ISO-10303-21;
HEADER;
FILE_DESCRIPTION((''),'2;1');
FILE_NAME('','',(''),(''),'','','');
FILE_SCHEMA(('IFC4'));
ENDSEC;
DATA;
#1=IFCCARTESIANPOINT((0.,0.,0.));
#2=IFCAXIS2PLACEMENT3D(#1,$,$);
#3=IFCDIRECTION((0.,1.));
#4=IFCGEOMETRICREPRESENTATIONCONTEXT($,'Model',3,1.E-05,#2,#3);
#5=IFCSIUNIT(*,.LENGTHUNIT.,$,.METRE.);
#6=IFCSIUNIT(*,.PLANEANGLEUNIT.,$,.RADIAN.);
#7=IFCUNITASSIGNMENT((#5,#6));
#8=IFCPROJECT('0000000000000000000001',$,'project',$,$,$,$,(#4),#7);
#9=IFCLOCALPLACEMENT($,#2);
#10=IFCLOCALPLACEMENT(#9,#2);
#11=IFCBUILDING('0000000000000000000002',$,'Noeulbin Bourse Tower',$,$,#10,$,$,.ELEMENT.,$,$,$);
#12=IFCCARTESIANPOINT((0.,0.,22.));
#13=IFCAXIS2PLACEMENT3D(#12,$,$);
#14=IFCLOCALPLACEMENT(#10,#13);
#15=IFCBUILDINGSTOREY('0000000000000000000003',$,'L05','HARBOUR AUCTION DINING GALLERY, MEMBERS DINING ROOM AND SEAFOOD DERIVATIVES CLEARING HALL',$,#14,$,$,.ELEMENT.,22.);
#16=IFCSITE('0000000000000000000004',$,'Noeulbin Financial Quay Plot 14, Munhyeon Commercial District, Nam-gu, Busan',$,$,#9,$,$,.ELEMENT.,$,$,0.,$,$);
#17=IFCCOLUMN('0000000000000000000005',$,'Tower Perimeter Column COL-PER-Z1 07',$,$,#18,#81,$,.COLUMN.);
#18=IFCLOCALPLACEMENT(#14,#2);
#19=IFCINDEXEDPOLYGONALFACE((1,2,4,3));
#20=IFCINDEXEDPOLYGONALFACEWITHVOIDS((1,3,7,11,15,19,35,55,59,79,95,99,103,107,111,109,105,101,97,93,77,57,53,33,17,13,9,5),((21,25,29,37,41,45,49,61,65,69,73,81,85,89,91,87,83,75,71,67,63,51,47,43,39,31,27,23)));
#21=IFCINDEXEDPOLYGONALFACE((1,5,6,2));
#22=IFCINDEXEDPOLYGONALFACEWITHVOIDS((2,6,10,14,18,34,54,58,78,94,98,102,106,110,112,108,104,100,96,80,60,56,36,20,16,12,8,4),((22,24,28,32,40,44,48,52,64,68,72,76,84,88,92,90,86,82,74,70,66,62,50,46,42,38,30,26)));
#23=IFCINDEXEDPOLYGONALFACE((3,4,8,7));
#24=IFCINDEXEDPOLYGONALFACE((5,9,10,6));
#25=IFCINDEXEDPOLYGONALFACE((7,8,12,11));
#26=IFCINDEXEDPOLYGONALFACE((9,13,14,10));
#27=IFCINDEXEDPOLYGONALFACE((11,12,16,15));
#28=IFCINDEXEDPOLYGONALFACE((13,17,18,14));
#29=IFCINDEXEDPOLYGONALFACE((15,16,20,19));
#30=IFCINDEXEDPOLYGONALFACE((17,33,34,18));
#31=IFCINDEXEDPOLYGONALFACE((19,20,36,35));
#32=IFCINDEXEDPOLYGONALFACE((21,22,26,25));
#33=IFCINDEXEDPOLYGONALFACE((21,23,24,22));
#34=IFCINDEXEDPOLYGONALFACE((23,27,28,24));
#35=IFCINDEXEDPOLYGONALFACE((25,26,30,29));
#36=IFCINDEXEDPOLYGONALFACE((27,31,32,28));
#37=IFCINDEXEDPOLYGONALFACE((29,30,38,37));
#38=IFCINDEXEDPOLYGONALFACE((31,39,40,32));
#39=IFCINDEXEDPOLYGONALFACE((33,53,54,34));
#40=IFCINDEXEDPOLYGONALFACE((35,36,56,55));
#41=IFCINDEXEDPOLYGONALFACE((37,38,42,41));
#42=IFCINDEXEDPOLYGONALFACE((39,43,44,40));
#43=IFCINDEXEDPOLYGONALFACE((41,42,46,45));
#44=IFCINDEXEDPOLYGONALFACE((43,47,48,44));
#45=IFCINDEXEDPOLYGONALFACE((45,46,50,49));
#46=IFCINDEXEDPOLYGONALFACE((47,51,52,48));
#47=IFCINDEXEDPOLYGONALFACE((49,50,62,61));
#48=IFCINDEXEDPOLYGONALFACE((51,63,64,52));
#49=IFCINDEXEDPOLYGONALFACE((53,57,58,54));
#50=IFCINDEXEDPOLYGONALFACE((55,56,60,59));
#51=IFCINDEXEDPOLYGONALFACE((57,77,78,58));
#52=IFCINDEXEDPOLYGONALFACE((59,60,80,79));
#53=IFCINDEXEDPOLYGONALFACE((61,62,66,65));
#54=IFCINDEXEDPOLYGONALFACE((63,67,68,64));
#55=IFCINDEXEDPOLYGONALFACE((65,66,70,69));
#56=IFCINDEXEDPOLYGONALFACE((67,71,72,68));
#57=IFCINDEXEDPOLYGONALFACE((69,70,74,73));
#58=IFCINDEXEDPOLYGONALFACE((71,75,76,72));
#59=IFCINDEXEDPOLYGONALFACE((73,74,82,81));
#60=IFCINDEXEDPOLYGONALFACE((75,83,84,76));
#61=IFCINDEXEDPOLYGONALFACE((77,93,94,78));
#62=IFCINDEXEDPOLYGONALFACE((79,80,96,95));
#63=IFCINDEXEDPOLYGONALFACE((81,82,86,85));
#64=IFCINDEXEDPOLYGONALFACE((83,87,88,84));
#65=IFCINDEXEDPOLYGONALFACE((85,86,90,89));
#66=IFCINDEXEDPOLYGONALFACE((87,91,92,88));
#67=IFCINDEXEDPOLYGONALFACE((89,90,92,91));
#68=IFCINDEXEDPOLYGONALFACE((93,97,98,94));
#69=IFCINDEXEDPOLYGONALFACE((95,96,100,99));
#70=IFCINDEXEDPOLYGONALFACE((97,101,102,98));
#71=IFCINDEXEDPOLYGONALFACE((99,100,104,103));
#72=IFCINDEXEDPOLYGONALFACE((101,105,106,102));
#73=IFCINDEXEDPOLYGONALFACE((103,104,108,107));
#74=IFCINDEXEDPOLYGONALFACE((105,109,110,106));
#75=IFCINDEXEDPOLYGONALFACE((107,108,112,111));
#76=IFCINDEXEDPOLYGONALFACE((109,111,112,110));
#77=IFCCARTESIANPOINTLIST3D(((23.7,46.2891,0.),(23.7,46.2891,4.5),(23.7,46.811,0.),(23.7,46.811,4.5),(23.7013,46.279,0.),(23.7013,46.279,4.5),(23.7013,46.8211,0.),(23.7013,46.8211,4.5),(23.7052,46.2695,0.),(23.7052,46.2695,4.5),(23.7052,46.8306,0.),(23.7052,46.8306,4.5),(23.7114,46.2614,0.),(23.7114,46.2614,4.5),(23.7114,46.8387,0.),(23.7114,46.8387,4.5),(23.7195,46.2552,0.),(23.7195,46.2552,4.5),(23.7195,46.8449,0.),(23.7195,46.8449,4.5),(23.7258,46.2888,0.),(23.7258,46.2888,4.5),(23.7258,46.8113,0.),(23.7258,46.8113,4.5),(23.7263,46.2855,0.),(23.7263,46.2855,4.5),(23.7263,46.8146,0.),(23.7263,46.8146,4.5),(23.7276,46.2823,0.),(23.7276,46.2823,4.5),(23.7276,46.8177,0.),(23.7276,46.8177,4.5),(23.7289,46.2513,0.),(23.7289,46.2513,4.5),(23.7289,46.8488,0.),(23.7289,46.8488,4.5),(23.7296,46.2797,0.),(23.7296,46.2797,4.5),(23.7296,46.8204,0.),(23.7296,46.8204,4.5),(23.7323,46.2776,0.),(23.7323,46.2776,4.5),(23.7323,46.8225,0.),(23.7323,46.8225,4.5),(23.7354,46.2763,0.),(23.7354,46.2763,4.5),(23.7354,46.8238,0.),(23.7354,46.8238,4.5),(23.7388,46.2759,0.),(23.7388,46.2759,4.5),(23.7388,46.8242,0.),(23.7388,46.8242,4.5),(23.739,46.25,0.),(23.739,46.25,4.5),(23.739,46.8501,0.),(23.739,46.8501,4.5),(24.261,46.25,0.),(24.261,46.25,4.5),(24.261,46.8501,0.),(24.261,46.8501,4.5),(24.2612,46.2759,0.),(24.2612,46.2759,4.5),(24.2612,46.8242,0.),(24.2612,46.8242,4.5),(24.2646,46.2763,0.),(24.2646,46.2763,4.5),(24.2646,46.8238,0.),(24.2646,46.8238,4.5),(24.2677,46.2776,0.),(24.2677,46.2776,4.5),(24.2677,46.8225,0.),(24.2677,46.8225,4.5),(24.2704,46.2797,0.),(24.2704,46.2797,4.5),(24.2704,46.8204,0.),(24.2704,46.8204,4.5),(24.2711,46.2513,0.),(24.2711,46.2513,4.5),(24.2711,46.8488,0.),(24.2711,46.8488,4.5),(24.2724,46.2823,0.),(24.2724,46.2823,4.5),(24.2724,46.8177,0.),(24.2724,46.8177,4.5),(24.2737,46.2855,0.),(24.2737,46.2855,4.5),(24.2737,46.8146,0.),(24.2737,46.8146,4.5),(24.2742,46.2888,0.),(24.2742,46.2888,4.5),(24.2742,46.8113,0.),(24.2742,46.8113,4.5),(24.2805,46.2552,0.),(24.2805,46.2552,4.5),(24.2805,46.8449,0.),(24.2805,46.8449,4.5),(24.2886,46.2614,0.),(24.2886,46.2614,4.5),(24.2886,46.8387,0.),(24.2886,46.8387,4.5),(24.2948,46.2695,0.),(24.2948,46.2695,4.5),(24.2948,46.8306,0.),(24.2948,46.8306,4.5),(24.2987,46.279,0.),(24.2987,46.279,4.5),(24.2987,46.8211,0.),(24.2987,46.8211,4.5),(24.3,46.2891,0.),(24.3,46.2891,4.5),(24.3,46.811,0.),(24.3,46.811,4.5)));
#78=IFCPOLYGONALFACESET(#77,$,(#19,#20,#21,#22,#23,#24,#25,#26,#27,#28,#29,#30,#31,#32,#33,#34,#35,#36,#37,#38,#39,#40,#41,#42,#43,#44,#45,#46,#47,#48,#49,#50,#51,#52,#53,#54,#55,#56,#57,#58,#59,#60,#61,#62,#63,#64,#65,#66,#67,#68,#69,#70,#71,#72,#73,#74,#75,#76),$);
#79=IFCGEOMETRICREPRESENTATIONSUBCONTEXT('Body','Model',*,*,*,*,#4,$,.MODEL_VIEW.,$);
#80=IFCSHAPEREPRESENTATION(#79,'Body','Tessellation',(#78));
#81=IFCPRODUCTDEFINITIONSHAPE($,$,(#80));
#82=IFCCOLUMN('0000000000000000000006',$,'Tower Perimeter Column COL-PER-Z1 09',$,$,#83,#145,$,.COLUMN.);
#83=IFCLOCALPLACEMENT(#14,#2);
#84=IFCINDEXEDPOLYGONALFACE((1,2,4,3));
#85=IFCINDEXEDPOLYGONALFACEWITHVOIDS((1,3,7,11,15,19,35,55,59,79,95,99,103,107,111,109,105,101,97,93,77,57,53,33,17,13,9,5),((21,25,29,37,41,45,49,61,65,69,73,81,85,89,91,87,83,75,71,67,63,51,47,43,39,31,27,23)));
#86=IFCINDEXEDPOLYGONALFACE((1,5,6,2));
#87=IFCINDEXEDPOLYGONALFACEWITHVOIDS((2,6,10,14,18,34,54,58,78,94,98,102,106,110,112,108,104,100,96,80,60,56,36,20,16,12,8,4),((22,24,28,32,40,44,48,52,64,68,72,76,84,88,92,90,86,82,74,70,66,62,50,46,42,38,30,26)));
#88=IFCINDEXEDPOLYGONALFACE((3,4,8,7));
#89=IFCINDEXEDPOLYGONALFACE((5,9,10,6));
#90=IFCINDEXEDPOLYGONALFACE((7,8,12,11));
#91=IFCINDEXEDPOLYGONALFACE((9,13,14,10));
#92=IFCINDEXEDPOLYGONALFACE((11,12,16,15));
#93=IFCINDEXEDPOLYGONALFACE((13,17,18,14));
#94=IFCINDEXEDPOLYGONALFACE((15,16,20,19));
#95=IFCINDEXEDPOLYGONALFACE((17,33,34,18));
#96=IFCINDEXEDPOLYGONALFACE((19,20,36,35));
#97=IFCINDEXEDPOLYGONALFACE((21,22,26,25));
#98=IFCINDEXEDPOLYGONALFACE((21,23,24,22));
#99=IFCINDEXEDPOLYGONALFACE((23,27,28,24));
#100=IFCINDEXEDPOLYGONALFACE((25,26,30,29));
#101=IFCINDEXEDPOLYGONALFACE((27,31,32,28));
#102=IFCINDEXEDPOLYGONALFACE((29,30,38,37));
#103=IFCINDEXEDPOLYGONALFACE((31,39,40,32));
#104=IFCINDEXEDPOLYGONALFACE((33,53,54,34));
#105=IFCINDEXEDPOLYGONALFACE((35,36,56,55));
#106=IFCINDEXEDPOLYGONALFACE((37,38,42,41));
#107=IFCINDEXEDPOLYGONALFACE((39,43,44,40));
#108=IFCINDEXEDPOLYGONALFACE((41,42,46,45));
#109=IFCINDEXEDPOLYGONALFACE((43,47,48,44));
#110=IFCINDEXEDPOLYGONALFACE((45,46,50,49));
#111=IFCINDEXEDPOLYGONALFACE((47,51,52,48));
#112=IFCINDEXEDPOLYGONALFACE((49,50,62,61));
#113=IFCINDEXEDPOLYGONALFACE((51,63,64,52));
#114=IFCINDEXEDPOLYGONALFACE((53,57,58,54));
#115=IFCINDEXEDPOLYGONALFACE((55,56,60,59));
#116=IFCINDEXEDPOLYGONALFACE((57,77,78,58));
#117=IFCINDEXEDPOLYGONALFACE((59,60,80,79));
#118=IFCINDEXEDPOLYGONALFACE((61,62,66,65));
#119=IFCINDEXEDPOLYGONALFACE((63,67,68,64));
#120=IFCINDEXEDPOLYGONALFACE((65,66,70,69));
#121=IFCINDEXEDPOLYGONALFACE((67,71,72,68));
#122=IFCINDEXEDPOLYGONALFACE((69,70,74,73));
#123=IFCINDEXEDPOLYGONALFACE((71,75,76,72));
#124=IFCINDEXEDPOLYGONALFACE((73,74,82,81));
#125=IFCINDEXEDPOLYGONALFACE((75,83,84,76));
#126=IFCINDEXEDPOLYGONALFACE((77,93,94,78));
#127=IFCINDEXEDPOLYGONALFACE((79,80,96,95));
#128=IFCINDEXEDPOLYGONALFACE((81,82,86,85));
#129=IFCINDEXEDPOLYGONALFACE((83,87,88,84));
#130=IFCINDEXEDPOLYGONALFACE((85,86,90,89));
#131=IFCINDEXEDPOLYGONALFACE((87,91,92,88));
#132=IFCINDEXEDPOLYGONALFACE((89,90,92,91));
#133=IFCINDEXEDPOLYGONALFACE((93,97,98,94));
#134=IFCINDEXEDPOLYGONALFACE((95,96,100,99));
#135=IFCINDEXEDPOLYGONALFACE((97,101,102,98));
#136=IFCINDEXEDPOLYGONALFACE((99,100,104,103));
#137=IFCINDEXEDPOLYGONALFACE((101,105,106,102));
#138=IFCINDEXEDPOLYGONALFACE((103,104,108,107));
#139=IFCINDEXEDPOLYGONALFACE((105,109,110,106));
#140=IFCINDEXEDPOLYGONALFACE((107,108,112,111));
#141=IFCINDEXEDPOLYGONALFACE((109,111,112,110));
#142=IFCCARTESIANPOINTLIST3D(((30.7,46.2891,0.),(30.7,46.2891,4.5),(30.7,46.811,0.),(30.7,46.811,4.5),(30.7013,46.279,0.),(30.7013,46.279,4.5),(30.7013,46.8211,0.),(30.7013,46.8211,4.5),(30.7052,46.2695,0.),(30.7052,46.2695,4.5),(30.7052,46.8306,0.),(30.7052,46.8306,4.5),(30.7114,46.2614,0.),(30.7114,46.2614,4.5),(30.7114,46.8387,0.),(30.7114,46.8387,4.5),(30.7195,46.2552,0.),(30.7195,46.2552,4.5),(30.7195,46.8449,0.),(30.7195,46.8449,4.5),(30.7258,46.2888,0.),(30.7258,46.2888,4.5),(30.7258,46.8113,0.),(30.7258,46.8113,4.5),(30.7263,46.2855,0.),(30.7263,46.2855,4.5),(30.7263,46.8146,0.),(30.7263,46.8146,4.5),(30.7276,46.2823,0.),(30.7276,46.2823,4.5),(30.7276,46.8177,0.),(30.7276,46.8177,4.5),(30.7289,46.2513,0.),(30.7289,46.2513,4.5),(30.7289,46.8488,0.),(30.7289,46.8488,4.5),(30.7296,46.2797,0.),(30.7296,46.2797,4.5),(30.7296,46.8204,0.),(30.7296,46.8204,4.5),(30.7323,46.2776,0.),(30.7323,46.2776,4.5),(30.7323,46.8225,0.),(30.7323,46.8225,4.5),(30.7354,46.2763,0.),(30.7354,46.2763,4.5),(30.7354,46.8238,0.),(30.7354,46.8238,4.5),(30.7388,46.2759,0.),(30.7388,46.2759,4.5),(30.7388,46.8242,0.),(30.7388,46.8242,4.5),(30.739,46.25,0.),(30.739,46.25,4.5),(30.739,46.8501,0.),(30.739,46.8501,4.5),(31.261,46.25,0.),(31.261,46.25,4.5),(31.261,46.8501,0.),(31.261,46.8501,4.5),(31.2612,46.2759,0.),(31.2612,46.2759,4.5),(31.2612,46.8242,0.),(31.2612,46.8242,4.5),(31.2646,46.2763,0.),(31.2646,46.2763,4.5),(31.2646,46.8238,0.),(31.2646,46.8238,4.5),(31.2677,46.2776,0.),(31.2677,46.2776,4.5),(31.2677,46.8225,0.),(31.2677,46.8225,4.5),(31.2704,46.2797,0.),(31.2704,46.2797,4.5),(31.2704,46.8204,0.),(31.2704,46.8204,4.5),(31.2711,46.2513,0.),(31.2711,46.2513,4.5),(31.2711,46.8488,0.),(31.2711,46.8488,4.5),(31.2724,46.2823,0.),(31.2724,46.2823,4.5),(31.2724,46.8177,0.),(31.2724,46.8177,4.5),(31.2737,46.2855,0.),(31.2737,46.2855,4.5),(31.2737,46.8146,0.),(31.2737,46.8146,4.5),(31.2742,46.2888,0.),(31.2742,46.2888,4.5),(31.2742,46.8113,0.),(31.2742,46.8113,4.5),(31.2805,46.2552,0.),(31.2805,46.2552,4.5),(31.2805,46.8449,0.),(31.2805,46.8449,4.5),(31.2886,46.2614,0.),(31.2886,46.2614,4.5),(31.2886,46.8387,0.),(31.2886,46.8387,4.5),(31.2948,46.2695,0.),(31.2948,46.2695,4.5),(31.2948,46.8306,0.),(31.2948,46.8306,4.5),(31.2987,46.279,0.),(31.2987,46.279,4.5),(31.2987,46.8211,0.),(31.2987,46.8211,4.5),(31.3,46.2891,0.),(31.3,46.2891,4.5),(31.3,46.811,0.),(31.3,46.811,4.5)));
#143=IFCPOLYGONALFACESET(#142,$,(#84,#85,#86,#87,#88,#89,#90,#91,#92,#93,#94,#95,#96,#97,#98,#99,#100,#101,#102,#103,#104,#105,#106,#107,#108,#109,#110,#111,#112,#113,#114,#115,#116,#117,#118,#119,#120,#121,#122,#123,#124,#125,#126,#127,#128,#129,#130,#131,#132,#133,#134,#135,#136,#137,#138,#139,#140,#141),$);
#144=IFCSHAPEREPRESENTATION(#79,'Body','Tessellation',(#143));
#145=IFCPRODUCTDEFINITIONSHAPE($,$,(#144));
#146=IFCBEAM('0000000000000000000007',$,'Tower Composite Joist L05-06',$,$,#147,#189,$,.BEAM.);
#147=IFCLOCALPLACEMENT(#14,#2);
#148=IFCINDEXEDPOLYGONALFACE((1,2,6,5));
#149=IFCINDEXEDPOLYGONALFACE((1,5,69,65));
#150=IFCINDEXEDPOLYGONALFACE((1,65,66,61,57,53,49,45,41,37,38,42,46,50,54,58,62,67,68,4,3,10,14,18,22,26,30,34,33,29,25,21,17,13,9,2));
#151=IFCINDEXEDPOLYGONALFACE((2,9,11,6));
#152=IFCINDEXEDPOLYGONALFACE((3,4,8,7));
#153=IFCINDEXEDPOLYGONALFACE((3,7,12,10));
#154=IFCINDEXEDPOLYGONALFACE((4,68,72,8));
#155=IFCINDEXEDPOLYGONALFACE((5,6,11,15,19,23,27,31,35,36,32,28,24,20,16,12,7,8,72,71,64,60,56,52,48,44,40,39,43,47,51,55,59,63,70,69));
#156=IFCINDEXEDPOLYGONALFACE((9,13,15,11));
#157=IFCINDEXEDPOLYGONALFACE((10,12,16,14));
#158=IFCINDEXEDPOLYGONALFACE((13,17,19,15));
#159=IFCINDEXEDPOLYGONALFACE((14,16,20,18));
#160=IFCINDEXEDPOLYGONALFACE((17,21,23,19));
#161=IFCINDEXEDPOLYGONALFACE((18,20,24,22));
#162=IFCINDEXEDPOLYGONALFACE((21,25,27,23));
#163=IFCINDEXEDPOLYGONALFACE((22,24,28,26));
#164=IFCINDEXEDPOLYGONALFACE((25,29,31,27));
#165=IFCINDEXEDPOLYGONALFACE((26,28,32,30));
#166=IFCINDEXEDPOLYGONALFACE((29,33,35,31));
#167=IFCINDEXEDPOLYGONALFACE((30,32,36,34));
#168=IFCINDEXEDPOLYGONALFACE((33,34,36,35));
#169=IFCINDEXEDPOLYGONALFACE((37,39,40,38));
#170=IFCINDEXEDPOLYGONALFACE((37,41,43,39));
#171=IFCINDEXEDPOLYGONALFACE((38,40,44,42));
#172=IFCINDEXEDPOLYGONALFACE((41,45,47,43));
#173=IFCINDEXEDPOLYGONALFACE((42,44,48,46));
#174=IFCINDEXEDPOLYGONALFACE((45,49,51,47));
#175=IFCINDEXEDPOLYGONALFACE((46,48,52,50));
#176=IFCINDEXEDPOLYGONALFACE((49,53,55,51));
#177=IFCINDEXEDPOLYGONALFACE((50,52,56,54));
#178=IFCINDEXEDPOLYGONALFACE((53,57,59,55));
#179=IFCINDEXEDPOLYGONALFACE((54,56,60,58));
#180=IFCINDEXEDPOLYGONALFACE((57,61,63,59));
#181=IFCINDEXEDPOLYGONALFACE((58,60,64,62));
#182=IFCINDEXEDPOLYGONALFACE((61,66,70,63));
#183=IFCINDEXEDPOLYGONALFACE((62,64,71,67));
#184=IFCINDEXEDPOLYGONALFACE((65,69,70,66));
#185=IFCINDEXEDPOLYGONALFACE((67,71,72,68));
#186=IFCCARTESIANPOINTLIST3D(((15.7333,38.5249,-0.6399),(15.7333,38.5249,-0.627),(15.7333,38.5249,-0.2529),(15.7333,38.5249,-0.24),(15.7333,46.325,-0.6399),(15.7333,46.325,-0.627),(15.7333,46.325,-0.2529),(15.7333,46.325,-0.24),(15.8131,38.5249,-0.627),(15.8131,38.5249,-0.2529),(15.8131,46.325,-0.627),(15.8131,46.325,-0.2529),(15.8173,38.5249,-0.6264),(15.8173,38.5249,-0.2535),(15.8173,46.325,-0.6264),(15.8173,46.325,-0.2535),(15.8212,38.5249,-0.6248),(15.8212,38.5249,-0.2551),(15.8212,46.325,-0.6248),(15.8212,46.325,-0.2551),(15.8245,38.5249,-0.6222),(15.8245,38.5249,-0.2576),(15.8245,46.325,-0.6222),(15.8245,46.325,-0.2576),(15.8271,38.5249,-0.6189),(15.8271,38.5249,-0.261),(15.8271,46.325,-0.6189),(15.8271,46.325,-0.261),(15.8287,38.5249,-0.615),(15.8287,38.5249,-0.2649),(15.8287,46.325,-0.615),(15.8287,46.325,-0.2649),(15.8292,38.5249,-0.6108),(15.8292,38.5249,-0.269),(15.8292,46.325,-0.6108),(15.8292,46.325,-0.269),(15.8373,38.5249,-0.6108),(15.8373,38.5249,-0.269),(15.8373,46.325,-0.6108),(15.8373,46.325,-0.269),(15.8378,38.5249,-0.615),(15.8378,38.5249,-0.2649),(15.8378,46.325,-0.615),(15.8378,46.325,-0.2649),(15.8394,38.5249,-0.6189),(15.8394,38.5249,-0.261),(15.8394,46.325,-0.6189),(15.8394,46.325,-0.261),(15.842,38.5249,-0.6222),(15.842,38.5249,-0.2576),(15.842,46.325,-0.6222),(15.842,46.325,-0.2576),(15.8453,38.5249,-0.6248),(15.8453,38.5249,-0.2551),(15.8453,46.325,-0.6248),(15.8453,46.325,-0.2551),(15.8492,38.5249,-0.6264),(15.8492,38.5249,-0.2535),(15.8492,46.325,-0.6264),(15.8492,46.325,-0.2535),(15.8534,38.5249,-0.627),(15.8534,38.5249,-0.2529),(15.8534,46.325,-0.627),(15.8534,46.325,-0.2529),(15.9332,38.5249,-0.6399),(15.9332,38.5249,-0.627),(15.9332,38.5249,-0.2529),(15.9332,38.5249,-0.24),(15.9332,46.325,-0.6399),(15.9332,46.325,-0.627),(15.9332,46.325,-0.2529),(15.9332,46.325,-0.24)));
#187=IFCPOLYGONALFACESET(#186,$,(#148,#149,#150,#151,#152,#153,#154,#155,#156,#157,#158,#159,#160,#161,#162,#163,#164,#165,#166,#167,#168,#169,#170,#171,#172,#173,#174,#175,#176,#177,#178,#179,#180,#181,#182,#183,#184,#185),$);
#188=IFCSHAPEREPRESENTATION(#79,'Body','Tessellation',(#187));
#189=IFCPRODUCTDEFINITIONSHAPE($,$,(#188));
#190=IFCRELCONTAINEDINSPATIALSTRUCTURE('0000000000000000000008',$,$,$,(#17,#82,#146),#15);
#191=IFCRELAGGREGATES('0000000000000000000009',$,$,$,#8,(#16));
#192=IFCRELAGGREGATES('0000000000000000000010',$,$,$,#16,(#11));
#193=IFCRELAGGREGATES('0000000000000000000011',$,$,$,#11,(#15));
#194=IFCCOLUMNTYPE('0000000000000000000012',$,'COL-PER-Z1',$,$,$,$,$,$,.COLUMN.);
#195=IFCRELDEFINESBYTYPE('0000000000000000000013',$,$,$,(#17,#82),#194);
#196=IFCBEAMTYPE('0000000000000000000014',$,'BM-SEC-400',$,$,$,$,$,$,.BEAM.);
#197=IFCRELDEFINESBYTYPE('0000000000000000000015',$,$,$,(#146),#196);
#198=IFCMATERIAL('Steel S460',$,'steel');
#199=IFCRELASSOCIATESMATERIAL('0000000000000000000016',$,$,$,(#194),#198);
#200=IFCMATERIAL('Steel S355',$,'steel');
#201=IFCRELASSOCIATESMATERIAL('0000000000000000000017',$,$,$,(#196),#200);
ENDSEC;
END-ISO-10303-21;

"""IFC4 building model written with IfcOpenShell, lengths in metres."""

from ifc_helpers import new_model, si_unit, direction, frame, origin, origin_2d, place, context, subcontext, project, spatial, hollow_rectangle, i_section, extrude, material, material_profile, profile_set, type_object, element, save


model = new_model("IFC4")

# Units and contexts
model_context = context("Model", 3, precision=1e-05, world=origin(), true_north=direction((0.0, 1.0)))
body_context = subcontext(model_context, "Body", "Model", "MODEL_VIEW")
ifc_project = project(units=[si_unit("LENGTHUNIT", "METRE"), si_unit("PLANEANGLEUNIT", "RADIAN")], contexts=[model_context])

# Site, building, storey
site_placement = place(None, origin())
site = spatial("IfcSite", under=ifc_project, at=site_placement, Name="Noeulbin Financial Quay Plot 14, Munhyeon Commercial District, Nam-gu, Busan", CompositionType="ELEMENT", RefElevation=0.0)
building_placement = place(site_placement, origin())
building = spatial("IfcBuilding", under=site, at=building_placement, Name="Noeulbin Bourse Tower", CompositionType="ELEMENT")
storey_placement = place(building_placement, frame((0.0, 0.0, 22.0)))
storey = spatial("IfcBuildingStorey", under=building, at=storey_placement, Name="L05", Description="HARBOUR AUCTION DINING GALLERY, MEMBERS DINING ROOM AND SEAFOOD DERIVATIVES CLEARING HALL", CompositionType="ELEMENT", Elevation=22.0)

# Columns
ifc_material_1 = material(Name="Steel S460", Category="steel")
ifc_material_profile_1 = material_profile(ifc_material_1, hollow_rectangle(XDim=0.6001, YDim=0.6001, WallThickness=0.0259, InnerFilletRadius=0.0129, OuterFilletRadius=0.0391, at=origin_2d()), Name="BOX-600x600x26", Category="LoadBearing")
ifc_profile_set_1 = profile_set([ifc_material_profile_1], Name="Steel S460")
column_type = type_object("IfcColumnType", Name="COL-PER-Z1", PredefinedType="COLUMN", material=ifc_profile_set_1)
for number, where, z_axis, x_axis, name in (
    (1, (24.0, 46.55, 0.0), (0.0, 0.0, 1.0), (1.0, 0.0, 0.0), "Tower Perimeter Column COL-PER-Z1 07"),
    (2, (31.0, 46.55, 0.0), (0.0, 0.0, 1.0), (1.0, 0.0, 0.0), "Tower Perimeter Column COL-PER-Z1 09"),
):
    element("IfcColumn", number, at=place(storey_placement, frame(where, z_axis=z_axis, x_axis=x_axis)), inside=storey, type_object=column_type, Name=name, PredefinedType="COLUMN", context=body_context, shape_type="SweptSolid", body=[
        extrude(hollow_rectangle(XDim=0.6001, YDim=0.6001, WallThickness=0.0259, InnerFilletRadius=0.0129, OuterFilletRadius=0.0391, at=origin_2d()), origin(), (0.0, 0.0, 1.0), 4.5),
    ])

# Beam
ifc_material_2 = material(Name="Steel S355", Category="steel")
ifc_material_profile_2 = material_profile(ifc_material_2, i_section(OverallWidth=0.2, OverallDepth=0.3999, WebThickness=0.0081, FlangeThickness=0.0129, FilletRadius=0.0161, at=origin_2d()), Name="H-400x200x8x13", Category="LoadBearing")
ifc_profile_set_2 = profile_set([ifc_material_profile_2], Name="Steel S355")
beam_type_1 = type_object("IfcBeamType", Name="BM-SEC-400", PredefinedType="BEAM", material=ifc_profile_set_2)
for number, where, z_axis, x_axis, name in (
    (3, (15.8333, 38.5249, -0.4399), (0.0, 1.0, 0.0), (-1.0, 0.0, 0.0), "Tower Composite Joist L05-06"),
):
    element("IfcBeam", number, at=place(storey_placement, frame(where, z_axis=z_axis, x_axis=x_axis)), inside=storey, type_object=beam_type_1, Name=name, PredefinedType="BEAM", context=body_context, shape_type="SweptSolid", body=[
        extrude(i_section(OverallWidth=0.2, OverallDepth=0.3999, WebThickness=0.0081, FlangeThickness=0.0129, FilletRadius=0.0161, at=origin_2d()), origin(), (0.0, 0.0, 1.0), 7.8),
    ])

save(model, "model.ifc")
